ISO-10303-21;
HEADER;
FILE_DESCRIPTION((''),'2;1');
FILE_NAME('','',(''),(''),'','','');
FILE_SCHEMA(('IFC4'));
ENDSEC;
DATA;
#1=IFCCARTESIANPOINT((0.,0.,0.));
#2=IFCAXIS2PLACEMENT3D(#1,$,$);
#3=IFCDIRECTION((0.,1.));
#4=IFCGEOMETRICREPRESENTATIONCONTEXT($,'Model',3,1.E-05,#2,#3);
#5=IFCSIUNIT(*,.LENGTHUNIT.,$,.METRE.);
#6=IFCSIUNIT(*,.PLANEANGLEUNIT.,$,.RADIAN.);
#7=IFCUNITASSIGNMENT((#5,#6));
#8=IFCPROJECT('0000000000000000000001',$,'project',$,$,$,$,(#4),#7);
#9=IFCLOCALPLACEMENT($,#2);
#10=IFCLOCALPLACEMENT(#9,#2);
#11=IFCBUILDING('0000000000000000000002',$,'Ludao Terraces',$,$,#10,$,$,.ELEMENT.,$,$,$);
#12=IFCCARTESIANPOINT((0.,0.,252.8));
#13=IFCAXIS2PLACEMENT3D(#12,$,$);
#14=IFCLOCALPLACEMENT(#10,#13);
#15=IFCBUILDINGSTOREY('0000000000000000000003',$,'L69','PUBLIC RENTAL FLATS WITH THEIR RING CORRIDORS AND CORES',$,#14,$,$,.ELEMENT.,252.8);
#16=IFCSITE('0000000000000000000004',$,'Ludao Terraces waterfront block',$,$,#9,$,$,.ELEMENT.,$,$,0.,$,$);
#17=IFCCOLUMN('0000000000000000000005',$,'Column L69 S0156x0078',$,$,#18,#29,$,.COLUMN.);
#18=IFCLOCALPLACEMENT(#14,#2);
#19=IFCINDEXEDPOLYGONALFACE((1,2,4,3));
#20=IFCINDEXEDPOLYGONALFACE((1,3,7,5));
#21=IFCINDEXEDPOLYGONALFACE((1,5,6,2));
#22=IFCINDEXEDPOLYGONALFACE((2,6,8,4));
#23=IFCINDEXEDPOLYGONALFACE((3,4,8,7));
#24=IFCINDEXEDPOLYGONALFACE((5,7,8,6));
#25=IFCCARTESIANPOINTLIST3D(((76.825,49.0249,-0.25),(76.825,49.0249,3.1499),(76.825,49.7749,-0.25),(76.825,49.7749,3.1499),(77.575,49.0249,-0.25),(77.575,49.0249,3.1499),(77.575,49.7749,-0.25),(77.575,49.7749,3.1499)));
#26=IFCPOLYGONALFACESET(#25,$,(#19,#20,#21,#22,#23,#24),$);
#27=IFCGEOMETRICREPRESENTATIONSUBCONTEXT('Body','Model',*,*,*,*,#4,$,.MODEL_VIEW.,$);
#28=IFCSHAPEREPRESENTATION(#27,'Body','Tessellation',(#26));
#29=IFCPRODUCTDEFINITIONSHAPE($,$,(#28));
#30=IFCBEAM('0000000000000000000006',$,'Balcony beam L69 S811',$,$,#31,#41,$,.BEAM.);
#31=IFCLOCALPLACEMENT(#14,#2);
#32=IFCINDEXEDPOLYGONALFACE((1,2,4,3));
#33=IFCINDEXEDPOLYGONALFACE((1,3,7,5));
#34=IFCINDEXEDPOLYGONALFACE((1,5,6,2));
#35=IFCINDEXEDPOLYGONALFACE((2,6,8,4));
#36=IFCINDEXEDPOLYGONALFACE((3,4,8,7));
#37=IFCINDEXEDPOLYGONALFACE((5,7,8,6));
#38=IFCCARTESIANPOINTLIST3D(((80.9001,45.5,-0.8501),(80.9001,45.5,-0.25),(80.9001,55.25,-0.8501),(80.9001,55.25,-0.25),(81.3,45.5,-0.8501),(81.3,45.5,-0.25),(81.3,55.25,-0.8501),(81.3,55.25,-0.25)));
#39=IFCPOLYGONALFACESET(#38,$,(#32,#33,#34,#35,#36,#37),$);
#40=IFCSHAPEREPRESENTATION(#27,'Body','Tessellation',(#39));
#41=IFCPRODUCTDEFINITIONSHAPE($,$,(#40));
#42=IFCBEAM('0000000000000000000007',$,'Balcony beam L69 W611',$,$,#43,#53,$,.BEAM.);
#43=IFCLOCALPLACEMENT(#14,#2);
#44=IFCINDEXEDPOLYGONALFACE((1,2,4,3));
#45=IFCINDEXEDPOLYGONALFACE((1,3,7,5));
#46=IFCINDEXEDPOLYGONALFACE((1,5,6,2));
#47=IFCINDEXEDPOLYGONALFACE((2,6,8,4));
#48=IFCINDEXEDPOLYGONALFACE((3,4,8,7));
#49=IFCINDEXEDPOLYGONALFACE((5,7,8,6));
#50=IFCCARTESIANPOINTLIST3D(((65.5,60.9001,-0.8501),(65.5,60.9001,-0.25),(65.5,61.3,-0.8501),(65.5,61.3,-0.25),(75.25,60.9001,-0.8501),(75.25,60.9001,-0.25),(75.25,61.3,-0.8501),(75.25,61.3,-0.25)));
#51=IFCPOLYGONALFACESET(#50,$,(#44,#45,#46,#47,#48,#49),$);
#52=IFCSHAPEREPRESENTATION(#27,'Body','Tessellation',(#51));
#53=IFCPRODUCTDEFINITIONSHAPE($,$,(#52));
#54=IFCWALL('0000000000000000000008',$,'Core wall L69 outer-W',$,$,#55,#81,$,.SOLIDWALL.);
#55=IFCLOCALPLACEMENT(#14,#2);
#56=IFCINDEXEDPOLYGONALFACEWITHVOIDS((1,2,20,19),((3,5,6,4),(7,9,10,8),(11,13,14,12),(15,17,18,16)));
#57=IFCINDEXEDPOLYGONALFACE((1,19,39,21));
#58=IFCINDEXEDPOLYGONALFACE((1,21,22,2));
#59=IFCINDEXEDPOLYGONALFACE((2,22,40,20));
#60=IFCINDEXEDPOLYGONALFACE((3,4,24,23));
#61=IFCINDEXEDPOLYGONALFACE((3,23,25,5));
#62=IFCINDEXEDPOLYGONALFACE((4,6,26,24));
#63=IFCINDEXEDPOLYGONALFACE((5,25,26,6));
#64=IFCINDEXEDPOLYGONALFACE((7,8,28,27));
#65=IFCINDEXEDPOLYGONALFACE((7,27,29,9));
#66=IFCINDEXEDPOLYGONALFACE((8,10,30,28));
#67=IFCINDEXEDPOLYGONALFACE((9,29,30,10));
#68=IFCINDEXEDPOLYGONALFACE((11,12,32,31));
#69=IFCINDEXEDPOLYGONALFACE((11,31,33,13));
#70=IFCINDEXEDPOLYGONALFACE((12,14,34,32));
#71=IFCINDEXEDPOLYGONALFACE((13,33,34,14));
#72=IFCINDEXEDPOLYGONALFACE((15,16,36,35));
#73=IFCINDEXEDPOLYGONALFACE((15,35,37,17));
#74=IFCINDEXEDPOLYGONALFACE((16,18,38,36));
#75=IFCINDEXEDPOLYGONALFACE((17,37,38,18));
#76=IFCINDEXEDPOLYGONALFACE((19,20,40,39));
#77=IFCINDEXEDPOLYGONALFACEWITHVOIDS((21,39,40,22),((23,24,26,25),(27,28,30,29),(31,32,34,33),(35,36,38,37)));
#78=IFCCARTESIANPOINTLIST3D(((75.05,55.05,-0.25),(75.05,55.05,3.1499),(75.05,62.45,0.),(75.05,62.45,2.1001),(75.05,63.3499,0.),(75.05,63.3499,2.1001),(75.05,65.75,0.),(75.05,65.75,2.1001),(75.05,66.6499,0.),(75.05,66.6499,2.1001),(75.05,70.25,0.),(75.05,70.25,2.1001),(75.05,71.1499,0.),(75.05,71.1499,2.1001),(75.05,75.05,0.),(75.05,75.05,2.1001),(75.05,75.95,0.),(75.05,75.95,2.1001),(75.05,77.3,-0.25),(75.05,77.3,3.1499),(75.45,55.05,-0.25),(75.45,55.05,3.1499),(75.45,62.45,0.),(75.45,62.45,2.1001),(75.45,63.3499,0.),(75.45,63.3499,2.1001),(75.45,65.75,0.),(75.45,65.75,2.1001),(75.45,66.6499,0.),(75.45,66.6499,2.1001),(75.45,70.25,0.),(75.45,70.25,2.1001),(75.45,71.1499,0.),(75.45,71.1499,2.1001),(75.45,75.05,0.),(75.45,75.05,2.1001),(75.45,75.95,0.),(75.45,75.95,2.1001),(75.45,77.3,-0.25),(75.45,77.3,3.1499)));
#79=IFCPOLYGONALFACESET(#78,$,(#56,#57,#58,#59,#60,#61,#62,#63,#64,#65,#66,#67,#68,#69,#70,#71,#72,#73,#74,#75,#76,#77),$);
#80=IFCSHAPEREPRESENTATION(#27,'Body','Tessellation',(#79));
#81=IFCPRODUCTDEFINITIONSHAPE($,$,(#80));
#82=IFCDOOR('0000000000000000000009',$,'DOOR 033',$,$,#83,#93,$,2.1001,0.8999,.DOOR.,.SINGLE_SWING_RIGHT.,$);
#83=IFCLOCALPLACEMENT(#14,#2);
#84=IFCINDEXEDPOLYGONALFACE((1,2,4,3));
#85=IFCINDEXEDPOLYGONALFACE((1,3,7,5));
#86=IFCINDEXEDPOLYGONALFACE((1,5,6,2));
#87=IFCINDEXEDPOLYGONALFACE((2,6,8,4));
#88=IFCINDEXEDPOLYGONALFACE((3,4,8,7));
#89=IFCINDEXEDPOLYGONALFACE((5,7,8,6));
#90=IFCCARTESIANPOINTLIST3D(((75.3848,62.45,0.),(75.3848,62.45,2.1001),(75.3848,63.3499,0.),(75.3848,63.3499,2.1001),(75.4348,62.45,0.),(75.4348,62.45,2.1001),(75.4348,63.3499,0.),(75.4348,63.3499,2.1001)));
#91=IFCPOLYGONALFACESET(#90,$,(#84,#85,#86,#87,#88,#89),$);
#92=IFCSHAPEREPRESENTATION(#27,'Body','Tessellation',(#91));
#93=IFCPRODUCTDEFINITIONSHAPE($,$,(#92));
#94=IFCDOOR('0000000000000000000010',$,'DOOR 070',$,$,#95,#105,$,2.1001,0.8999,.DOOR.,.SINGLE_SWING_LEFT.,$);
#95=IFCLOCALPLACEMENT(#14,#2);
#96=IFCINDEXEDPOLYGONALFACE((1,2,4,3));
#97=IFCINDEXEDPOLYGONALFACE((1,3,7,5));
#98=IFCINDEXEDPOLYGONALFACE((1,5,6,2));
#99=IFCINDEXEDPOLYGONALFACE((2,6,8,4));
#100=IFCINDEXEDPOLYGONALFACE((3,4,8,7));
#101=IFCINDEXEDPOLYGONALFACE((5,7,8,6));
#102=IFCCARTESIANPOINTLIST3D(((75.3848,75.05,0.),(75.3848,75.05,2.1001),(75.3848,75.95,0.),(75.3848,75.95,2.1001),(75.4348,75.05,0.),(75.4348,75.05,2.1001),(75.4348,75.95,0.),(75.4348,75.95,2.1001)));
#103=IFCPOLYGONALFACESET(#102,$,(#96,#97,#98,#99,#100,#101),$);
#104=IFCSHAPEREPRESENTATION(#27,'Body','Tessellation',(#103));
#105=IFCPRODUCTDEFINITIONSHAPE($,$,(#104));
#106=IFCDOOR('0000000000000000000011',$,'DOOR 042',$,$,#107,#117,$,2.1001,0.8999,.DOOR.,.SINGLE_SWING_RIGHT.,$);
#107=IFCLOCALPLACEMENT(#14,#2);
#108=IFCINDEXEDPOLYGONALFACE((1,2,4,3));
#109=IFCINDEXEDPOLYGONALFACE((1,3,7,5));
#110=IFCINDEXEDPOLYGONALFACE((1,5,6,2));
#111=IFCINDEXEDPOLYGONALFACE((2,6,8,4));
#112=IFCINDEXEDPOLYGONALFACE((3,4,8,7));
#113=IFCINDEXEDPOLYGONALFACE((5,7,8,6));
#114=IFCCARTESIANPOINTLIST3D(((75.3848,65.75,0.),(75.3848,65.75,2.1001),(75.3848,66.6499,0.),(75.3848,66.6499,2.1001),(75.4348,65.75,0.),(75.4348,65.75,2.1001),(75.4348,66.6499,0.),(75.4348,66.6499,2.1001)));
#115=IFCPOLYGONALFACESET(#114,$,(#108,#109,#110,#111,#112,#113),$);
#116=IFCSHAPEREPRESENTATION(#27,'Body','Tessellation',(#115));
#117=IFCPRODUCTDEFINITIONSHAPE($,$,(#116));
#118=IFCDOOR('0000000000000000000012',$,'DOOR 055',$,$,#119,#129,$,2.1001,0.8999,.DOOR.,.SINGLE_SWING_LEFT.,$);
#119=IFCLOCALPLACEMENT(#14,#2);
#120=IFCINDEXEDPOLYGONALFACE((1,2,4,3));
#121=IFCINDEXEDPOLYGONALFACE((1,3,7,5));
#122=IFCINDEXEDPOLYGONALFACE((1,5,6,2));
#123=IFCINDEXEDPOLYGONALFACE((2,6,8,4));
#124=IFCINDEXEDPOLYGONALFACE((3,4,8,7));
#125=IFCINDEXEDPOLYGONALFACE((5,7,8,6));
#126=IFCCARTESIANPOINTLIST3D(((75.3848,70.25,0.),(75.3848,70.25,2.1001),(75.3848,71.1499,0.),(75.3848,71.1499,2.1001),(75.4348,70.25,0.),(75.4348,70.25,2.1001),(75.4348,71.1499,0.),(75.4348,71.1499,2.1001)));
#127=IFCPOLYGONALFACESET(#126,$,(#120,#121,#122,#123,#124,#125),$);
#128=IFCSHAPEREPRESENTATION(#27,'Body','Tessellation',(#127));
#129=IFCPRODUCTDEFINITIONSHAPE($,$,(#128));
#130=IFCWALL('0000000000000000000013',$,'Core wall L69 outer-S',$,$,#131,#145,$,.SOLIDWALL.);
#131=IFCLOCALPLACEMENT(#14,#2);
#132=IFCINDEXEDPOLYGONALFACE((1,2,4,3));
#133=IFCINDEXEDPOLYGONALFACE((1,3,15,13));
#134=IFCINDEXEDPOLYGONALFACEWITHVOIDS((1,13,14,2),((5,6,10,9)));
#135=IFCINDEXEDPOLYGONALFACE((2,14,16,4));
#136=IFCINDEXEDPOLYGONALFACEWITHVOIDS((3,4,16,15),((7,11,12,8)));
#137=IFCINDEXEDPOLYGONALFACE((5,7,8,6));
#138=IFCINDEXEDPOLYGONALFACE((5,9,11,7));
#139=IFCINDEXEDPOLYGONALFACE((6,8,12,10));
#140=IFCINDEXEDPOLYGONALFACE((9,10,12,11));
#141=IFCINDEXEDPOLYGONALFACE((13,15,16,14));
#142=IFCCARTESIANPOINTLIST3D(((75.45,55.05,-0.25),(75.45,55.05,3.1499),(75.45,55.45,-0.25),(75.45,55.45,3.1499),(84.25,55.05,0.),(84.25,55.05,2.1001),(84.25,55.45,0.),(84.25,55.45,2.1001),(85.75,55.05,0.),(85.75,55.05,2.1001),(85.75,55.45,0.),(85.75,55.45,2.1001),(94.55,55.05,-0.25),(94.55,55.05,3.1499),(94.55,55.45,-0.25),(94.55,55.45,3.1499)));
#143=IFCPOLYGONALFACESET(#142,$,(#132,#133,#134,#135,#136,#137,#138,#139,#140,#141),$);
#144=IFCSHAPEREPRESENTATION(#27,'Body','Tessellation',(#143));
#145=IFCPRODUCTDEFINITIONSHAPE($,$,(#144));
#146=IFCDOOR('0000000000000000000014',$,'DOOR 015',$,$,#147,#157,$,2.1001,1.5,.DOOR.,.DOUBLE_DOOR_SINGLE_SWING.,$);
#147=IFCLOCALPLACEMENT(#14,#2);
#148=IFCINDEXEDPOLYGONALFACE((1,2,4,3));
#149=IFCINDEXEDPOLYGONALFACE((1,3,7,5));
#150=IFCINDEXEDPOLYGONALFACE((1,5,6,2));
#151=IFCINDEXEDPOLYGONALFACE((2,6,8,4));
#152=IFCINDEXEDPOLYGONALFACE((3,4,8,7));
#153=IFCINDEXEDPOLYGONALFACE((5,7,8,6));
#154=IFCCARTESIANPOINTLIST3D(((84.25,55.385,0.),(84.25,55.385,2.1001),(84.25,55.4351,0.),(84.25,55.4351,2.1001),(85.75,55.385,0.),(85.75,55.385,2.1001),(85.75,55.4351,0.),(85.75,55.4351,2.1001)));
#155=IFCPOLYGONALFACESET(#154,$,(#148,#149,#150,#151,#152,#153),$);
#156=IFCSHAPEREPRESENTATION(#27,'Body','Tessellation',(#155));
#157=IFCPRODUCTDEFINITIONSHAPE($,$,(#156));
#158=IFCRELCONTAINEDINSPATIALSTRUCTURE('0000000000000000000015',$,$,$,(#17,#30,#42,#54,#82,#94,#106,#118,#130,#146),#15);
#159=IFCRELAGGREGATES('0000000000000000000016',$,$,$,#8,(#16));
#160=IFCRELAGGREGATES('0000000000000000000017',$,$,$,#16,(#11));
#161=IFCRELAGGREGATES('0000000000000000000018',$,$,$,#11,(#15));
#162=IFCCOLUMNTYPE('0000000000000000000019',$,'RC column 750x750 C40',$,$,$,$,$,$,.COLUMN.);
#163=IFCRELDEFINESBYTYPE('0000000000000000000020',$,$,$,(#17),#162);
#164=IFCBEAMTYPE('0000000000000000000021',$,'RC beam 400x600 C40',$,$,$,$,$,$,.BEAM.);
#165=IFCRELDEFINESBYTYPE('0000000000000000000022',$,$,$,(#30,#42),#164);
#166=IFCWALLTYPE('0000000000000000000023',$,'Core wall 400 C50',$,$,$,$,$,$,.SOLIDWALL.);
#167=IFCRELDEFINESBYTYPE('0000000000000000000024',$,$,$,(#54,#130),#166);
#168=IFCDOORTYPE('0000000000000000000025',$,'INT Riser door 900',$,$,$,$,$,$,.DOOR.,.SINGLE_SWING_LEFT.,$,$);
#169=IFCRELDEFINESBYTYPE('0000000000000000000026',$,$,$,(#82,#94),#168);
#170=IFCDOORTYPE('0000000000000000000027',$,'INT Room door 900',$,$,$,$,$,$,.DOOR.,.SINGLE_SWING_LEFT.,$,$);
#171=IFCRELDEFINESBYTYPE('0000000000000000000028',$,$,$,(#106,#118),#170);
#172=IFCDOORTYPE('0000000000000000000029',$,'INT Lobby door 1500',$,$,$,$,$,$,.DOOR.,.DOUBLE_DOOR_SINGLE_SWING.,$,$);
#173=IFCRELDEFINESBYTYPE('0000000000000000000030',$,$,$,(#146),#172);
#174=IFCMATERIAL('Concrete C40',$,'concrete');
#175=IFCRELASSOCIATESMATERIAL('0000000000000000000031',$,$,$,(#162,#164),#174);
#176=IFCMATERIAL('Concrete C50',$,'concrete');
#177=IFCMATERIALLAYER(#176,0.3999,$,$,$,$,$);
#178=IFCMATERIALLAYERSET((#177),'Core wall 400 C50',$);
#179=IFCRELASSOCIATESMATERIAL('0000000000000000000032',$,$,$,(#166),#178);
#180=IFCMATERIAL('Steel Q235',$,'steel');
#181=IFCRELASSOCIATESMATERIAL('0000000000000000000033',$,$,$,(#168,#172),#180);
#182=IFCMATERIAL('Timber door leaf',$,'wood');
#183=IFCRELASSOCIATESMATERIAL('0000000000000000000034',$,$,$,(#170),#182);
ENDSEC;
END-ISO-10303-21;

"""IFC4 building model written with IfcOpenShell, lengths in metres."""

from ifc_helpers import new_model, si_unit, direction, frame, frame_2d, origin, origin_2d, place, context, subcontext, project, spatial, rectangle, extrude, material, layer, layer_set, material_profile, profile_set, type_object, element, fill, save


model = new_model("IFC4")

# Units and contexts
model_context = context("Model", 3, precision=1e-05, world=origin(), true_north=direction((0.0, 1.0)))
body_context = subcontext(model_context, "Body", "Model", "MODEL_VIEW")
ifc_project = project(units=[si_unit("LENGTHUNIT", "METRE"), si_unit("PLANEANGLEUNIT", "RADIAN")], contexts=[model_context])

# Site, building, storey
site_placement = place(None, origin())
site = spatial("IfcSite", under=ifc_project, at=site_placement, Name="Ludao Terraces waterfront block", CompositionType="ELEMENT", RefElevation=0.0)
building_placement = place(site_placement, origin())
building = spatial("IfcBuilding", under=site, at=building_placement, Name="Ludao Terraces", CompositionType="ELEMENT")
storey_placement = place(building_placement, frame((0.0, 0.0, 252.8)))
storey = spatial("IfcBuildingStorey", under=building, at=storey_placement, Name="L69", Description="PUBLIC RENTAL FLATS WITH THEIR RING CORRIDORS AND CORES", CompositionType="ELEMENT", Elevation=252.8)

# Column
ifc_material_1 = material(Name="Concrete C40", Category="concrete")
ifc_material_profile_1 = material_profile(ifc_material_1, rectangle(XDim=0.75, YDim=0.75, at=origin_2d()), Name="750 X 750")
ifc_profile_set_1 = profile_set([ifc_material_profile_1], Name="Concrete C40")
column_type = type_object("IfcColumnType", Name="RC column 750x750 C40", PredefinedType="COLUMN", material=ifc_profile_set_1)
column_placement = place(storey_placement, frame((77.2, 49.3999, -0.25), z_axis=(0.0, 0.0, 1.0), x_axis=(1.0, 0.0, 0.0)))
element("IfcColumn", 1, at=column_placement, inside=storey, type_object=column_type, Name="Column L69 S0156x0078", PredefinedType="COLUMN", context=body_context, shape_type="SweptSolid", body=[
    extrude(rectangle(XDim=0.75, YDim=0.75, at=origin_2d()), origin(), (0.0, 0.0, 1.0), 3.3999),
])

# Beams
ifc_material_profile_2 = material_profile(ifc_material_1, rectangle(XDim=0.3999, YDim=0.6001, at=origin_2d()), Name="400 X 600")
ifc_profile_set_2 = profile_set([ifc_material_profile_2], Name="Concrete C40")
beam_type = type_object("IfcBeamType", Name="RC beam 400x600 C40", PredefinedType="BEAM", material=ifc_profile_set_2)
for number, where, z_axis, x_axis, name in (
    (2, (81.1001, 55.25, -0.55), (0.0, -1.0, 0.0), (1.0, 0.0, 0.0), "Balcony beam L69 S811"),
    (3, (75.25, 61.1001, -0.55), (-1.0, 0.0, 0.0), (0.0, -1.0, 0.0), "Balcony beam L69 W611"),
):
    element("IfcBeam", number, at=place(storey_placement, frame(where, z_axis=z_axis, x_axis=x_axis)), inside=storey, type_object=beam_type, Name=name, PredefinedType="BEAM", context=body_context, shape_type="SweptSolid", body=[
        extrude(rectangle(XDim=0.3999, YDim=0.6001, at=origin_2d()), origin(), (0.0, 0.0, 1.0), 9.75),
    ])

# Wall, openings, doors
ifc_material_2 = material(Name="Concrete C50", Category="concrete")
ifc_layer_1 = layer(ifc_material_2, 0.3999)
ifc_layer_set_1 = layer_set([ifc_layer_1], Name="Core wall 400 C50")
wall_type_1 = type_object("IfcWallType", Name="Core wall 400 C50", PredefinedType="SOLIDWALL", material=ifc_layer_set_1)
wall_1_placement = place(storey_placement, frame((75.25, 55.05, -0.25), z_axis=(0.0, 0.0, 1.0), x_axis=(0.0, 1.0, 0.0)))
wall_1 = element("IfcWall", 4, at=wall_1_placement, inside=storey, type_object=wall_type_1, Name="Core wall L69 outer-W", PredefinedType="SOLIDWALL", context=body_context, shape_type="SweptSolid", body=[
    extrude(rectangle(XDim=22.25, YDim=0.3999, at=frame_2d((11.125, 0.0))), origin(), (0.0, 0.0, 1.0), 3.3999),
])
opening_1_placement = place(wall_1_placement, frame((7.3999, 0.0, 0.25)))
opening_1 = element("IfcOpeningElement", 5, at=opening_1_placement, cuts=wall_1, PredefinedType="OPENING", context=body_context, shape_type="SweptSolid", body=[
    extrude(rectangle(XDim=0.8999, YDim=2.1001, at=frame_2d((0.45, 1.05))), frame((0.0, 0.21, 0.0), z_axis=(0.0, -1.0, 0.0), x_axis=(1.0, 0.0, 0.0)), (0.0, 0.0, 1.0), 0.4199),
])
opening_2_placement = place(wall_1_placement, frame((10.7, 0.0, 0.25)))
opening_2 = element("IfcOpeningElement", 6, at=opening_2_placement, cuts=wall_1, PredefinedType="OPENING", context=body_context, shape_type="SweptSolid", body=[
    extrude(rectangle(XDim=0.8999, YDim=2.1001, at=frame_2d((0.45, 1.05))), frame((0.0, 0.21, 0.0), z_axis=(0.0, -1.0, 0.0), x_axis=(1.0, 0.0, 0.0)), (0.0, 0.0, 1.0), 0.4199),
])
opening_3_placement = place(wall_1_placement, frame((15.2, 0.0, 0.25)))
opening_3 = element("IfcOpeningElement", 7, at=opening_3_placement, cuts=wall_1, PredefinedType="OPENING", context=body_context, shape_type="SweptSolid", body=[
    extrude(rectangle(XDim=0.8999, YDim=2.1001, at=frame_2d((0.45, 1.05))), frame((0.0, 0.21, 0.0), z_axis=(0.0, -1.0, 0.0), x_axis=(1.0, 0.0, 0.0)), (0.0, 0.0, 1.0), 0.4199),
])
opening_4_placement = place(wall_1_placement, frame((20.0, 0.0, 0.25)))
opening_4 = element("IfcOpeningElement", 8, at=opening_4_placement, cuts=wall_1, PredefinedType="OPENING", context=body_context, shape_type="SweptSolid", body=[
    extrude(rectangle(XDim=0.8999, YDim=2.1001, at=frame_2d((0.45, 1.05))), frame((0.0, 0.21, 0.0), z_axis=(0.0, -1.0, 0.0), x_axis=(1.0, 0.0, 0.0)), (0.0, 0.0, 1.0), 0.4199),
])
ifc_material_3 = material(Name="Steel Q235", Category="steel")
door_type_1 = type_object("IfcDoorType", Name="INT Riser door 900", OperationType="SINGLE_SWING_LEFT", PredefinedType="DOOR", material=ifc_material_3)
door_1_placement = place(opening_1_placement, origin())
door_1 = element("IfcDoor", 9, at=door_1_placement, inside=storey, type_object=door_type_1, Name="DOOR 033", OperationType="SINGLE_SWING_RIGHT", OverallHeight=2.1001, OverallWidth=0.8999, PredefinedType="DOOR", context=body_context, shape_type="SweptSolid", body=[
    extrude(rectangle(XDim=0.8999, YDim=2.1001, at=frame_2d((0.45, 1.05))), frame((0.0, -0.1348, 0.0), z_axis=(0.0, -1.0, 0.0), x_axis=(1.0, 0.0, 0.0)), (0.0, 0.0, 1.0), 0.05),
])
fill(opening_1, door_1)
door_2_placement = place(opening_4_placement, origin())
door_2 = element("IfcDoor", 10, at=door_2_placement, inside=storey, type_object=door_type_1, Name="DOOR 070", OperationType="SINGLE_SWING_LEFT", OverallHeight=2.1001, OverallWidth=0.8999, PredefinedType="DOOR", context=body_context, shape_type="SweptSolid", body=[
    extrude(rectangle(XDim=0.8999, YDim=2.1001, at=frame_2d((0.45, 1.05))), frame((0.0, -0.1348, 0.0), z_axis=(0.0, -1.0, 0.0), x_axis=(1.0, 0.0, 0.0)), (0.0, 0.0, 1.0), 0.05),
])
fill(opening_4, door_2)
ifc_material_4 = material(Name="Timber door leaf", Category="wood")
door_type_2 = type_object("IfcDoorType", Name="INT Room door 900", OperationType="SINGLE_SWING_LEFT", PredefinedType="DOOR", material=ifc_material_4)
door_3_placement = place(opening_2_placement, origin())
door_3 = element("IfcDoor", 11, at=door_3_placement, inside=storey, type_object=door_type_2, Name="DOOR 042", OperationType="SINGLE_SWING_RIGHT", OverallHeight=2.1001, OverallWidth=0.8999, PredefinedType="DOOR", context=body_context, shape_type="SweptSolid", body=[
    extrude(rectangle(XDim=0.8999, YDim=2.1001, at=frame_2d((0.45, 1.05))), frame((0.0, -0.1348, 0.0), z_axis=(0.0, -1.0, 0.0), x_axis=(1.0, 0.0, 0.0)), (0.0, 0.0, 1.0), 0.05),
])
fill(opening_2, door_3)
door_4_placement = place(opening_3_placement, origin())
door_4 = element("IfcDoor", 12, at=door_4_placement, inside=storey, type_object=door_type_2, Name="DOOR 055", OperationType="SINGLE_SWING_LEFT", OverallHeight=2.1001, OverallWidth=0.8999, PredefinedType="DOOR", context=body_context, shape_type="SweptSolid", body=[
    extrude(rectangle(XDim=0.8999, YDim=2.1001, at=frame_2d((0.45, 1.05))), frame((0.0, -0.1348, 0.0), z_axis=(0.0, -1.0, 0.0), x_axis=(1.0, 0.0, 0.0)), (0.0, 0.0, 1.0), 0.05),
])
fill(opening_3, door_4)

# Wall, opening, door
wall_2_placement = place(storey_placement, frame((75.45, 55.25, -0.25), z_axis=(0.0, 0.0, 1.0), x_axis=(1.0, 0.0, 0.0)))
wall_2 = element("IfcWall", 13, at=wall_2_placement, inside=storey, type_object=wall_type_1, Name="Core wall L69 outer-S", PredefinedType="SOLIDWALL", context=body_context, shape_type="SweptSolid", body=[
    extrude(rectangle(XDim=19.1001, YDim=0.3999, at=frame_2d((9.55, 0.0))), origin(), (0.0, 0.0, 1.0), 3.3999),
])
opening_5_placement = place(wall_2_placement, frame((8.8, 0.0, 0.25)))
opening_5 = element("IfcOpeningElement", 14, at=opening_5_placement, cuts=wall_2, PredefinedType="OPENING", context=body_context, shape_type="SweptSolid", body=[
    extrude(rectangle(XDim=1.5, YDim=2.1001, at=frame_2d((0.75, 1.05))), frame((0.0, 0.21, 0.0), z_axis=(0.0, -1.0, 0.0), x_axis=(1.0, 0.0, 0.0)), (0.0, 0.0, 1.0), 0.4199),
])
door_type_3 = type_object("IfcDoorType", Name="INT Lobby door 1500", OperationType="DOUBLE_DOOR_SINGLE_SWING", PredefinedType="DOOR", material=ifc_material_3)
door_5_placement = place(opening_5_placement, origin())
door_5 = element("IfcDoor", 15, at=door_5_placement, inside=storey, type_object=door_type_3, Name="DOOR 015", OperationType="DOUBLE_DOOR_SINGLE_SWING", OverallHeight=2.1001, OverallWidth=1.5, PredefinedType="DOOR", context=body_context, shape_type="SweptSolid", body=[
    extrude(rectangle(XDim=1.5, YDim=2.1001, at=frame_2d((0.75, 1.05))), frame((0.0, 0.1851, 0.0), z_axis=(0.0, -1.0, 0.0), x_axis=(1.0, 0.0, 0.0)), (0.0, 0.0, 1.0), 0.05),
])
fill(opening_5, door_5)

save(model, "model.ifc")
